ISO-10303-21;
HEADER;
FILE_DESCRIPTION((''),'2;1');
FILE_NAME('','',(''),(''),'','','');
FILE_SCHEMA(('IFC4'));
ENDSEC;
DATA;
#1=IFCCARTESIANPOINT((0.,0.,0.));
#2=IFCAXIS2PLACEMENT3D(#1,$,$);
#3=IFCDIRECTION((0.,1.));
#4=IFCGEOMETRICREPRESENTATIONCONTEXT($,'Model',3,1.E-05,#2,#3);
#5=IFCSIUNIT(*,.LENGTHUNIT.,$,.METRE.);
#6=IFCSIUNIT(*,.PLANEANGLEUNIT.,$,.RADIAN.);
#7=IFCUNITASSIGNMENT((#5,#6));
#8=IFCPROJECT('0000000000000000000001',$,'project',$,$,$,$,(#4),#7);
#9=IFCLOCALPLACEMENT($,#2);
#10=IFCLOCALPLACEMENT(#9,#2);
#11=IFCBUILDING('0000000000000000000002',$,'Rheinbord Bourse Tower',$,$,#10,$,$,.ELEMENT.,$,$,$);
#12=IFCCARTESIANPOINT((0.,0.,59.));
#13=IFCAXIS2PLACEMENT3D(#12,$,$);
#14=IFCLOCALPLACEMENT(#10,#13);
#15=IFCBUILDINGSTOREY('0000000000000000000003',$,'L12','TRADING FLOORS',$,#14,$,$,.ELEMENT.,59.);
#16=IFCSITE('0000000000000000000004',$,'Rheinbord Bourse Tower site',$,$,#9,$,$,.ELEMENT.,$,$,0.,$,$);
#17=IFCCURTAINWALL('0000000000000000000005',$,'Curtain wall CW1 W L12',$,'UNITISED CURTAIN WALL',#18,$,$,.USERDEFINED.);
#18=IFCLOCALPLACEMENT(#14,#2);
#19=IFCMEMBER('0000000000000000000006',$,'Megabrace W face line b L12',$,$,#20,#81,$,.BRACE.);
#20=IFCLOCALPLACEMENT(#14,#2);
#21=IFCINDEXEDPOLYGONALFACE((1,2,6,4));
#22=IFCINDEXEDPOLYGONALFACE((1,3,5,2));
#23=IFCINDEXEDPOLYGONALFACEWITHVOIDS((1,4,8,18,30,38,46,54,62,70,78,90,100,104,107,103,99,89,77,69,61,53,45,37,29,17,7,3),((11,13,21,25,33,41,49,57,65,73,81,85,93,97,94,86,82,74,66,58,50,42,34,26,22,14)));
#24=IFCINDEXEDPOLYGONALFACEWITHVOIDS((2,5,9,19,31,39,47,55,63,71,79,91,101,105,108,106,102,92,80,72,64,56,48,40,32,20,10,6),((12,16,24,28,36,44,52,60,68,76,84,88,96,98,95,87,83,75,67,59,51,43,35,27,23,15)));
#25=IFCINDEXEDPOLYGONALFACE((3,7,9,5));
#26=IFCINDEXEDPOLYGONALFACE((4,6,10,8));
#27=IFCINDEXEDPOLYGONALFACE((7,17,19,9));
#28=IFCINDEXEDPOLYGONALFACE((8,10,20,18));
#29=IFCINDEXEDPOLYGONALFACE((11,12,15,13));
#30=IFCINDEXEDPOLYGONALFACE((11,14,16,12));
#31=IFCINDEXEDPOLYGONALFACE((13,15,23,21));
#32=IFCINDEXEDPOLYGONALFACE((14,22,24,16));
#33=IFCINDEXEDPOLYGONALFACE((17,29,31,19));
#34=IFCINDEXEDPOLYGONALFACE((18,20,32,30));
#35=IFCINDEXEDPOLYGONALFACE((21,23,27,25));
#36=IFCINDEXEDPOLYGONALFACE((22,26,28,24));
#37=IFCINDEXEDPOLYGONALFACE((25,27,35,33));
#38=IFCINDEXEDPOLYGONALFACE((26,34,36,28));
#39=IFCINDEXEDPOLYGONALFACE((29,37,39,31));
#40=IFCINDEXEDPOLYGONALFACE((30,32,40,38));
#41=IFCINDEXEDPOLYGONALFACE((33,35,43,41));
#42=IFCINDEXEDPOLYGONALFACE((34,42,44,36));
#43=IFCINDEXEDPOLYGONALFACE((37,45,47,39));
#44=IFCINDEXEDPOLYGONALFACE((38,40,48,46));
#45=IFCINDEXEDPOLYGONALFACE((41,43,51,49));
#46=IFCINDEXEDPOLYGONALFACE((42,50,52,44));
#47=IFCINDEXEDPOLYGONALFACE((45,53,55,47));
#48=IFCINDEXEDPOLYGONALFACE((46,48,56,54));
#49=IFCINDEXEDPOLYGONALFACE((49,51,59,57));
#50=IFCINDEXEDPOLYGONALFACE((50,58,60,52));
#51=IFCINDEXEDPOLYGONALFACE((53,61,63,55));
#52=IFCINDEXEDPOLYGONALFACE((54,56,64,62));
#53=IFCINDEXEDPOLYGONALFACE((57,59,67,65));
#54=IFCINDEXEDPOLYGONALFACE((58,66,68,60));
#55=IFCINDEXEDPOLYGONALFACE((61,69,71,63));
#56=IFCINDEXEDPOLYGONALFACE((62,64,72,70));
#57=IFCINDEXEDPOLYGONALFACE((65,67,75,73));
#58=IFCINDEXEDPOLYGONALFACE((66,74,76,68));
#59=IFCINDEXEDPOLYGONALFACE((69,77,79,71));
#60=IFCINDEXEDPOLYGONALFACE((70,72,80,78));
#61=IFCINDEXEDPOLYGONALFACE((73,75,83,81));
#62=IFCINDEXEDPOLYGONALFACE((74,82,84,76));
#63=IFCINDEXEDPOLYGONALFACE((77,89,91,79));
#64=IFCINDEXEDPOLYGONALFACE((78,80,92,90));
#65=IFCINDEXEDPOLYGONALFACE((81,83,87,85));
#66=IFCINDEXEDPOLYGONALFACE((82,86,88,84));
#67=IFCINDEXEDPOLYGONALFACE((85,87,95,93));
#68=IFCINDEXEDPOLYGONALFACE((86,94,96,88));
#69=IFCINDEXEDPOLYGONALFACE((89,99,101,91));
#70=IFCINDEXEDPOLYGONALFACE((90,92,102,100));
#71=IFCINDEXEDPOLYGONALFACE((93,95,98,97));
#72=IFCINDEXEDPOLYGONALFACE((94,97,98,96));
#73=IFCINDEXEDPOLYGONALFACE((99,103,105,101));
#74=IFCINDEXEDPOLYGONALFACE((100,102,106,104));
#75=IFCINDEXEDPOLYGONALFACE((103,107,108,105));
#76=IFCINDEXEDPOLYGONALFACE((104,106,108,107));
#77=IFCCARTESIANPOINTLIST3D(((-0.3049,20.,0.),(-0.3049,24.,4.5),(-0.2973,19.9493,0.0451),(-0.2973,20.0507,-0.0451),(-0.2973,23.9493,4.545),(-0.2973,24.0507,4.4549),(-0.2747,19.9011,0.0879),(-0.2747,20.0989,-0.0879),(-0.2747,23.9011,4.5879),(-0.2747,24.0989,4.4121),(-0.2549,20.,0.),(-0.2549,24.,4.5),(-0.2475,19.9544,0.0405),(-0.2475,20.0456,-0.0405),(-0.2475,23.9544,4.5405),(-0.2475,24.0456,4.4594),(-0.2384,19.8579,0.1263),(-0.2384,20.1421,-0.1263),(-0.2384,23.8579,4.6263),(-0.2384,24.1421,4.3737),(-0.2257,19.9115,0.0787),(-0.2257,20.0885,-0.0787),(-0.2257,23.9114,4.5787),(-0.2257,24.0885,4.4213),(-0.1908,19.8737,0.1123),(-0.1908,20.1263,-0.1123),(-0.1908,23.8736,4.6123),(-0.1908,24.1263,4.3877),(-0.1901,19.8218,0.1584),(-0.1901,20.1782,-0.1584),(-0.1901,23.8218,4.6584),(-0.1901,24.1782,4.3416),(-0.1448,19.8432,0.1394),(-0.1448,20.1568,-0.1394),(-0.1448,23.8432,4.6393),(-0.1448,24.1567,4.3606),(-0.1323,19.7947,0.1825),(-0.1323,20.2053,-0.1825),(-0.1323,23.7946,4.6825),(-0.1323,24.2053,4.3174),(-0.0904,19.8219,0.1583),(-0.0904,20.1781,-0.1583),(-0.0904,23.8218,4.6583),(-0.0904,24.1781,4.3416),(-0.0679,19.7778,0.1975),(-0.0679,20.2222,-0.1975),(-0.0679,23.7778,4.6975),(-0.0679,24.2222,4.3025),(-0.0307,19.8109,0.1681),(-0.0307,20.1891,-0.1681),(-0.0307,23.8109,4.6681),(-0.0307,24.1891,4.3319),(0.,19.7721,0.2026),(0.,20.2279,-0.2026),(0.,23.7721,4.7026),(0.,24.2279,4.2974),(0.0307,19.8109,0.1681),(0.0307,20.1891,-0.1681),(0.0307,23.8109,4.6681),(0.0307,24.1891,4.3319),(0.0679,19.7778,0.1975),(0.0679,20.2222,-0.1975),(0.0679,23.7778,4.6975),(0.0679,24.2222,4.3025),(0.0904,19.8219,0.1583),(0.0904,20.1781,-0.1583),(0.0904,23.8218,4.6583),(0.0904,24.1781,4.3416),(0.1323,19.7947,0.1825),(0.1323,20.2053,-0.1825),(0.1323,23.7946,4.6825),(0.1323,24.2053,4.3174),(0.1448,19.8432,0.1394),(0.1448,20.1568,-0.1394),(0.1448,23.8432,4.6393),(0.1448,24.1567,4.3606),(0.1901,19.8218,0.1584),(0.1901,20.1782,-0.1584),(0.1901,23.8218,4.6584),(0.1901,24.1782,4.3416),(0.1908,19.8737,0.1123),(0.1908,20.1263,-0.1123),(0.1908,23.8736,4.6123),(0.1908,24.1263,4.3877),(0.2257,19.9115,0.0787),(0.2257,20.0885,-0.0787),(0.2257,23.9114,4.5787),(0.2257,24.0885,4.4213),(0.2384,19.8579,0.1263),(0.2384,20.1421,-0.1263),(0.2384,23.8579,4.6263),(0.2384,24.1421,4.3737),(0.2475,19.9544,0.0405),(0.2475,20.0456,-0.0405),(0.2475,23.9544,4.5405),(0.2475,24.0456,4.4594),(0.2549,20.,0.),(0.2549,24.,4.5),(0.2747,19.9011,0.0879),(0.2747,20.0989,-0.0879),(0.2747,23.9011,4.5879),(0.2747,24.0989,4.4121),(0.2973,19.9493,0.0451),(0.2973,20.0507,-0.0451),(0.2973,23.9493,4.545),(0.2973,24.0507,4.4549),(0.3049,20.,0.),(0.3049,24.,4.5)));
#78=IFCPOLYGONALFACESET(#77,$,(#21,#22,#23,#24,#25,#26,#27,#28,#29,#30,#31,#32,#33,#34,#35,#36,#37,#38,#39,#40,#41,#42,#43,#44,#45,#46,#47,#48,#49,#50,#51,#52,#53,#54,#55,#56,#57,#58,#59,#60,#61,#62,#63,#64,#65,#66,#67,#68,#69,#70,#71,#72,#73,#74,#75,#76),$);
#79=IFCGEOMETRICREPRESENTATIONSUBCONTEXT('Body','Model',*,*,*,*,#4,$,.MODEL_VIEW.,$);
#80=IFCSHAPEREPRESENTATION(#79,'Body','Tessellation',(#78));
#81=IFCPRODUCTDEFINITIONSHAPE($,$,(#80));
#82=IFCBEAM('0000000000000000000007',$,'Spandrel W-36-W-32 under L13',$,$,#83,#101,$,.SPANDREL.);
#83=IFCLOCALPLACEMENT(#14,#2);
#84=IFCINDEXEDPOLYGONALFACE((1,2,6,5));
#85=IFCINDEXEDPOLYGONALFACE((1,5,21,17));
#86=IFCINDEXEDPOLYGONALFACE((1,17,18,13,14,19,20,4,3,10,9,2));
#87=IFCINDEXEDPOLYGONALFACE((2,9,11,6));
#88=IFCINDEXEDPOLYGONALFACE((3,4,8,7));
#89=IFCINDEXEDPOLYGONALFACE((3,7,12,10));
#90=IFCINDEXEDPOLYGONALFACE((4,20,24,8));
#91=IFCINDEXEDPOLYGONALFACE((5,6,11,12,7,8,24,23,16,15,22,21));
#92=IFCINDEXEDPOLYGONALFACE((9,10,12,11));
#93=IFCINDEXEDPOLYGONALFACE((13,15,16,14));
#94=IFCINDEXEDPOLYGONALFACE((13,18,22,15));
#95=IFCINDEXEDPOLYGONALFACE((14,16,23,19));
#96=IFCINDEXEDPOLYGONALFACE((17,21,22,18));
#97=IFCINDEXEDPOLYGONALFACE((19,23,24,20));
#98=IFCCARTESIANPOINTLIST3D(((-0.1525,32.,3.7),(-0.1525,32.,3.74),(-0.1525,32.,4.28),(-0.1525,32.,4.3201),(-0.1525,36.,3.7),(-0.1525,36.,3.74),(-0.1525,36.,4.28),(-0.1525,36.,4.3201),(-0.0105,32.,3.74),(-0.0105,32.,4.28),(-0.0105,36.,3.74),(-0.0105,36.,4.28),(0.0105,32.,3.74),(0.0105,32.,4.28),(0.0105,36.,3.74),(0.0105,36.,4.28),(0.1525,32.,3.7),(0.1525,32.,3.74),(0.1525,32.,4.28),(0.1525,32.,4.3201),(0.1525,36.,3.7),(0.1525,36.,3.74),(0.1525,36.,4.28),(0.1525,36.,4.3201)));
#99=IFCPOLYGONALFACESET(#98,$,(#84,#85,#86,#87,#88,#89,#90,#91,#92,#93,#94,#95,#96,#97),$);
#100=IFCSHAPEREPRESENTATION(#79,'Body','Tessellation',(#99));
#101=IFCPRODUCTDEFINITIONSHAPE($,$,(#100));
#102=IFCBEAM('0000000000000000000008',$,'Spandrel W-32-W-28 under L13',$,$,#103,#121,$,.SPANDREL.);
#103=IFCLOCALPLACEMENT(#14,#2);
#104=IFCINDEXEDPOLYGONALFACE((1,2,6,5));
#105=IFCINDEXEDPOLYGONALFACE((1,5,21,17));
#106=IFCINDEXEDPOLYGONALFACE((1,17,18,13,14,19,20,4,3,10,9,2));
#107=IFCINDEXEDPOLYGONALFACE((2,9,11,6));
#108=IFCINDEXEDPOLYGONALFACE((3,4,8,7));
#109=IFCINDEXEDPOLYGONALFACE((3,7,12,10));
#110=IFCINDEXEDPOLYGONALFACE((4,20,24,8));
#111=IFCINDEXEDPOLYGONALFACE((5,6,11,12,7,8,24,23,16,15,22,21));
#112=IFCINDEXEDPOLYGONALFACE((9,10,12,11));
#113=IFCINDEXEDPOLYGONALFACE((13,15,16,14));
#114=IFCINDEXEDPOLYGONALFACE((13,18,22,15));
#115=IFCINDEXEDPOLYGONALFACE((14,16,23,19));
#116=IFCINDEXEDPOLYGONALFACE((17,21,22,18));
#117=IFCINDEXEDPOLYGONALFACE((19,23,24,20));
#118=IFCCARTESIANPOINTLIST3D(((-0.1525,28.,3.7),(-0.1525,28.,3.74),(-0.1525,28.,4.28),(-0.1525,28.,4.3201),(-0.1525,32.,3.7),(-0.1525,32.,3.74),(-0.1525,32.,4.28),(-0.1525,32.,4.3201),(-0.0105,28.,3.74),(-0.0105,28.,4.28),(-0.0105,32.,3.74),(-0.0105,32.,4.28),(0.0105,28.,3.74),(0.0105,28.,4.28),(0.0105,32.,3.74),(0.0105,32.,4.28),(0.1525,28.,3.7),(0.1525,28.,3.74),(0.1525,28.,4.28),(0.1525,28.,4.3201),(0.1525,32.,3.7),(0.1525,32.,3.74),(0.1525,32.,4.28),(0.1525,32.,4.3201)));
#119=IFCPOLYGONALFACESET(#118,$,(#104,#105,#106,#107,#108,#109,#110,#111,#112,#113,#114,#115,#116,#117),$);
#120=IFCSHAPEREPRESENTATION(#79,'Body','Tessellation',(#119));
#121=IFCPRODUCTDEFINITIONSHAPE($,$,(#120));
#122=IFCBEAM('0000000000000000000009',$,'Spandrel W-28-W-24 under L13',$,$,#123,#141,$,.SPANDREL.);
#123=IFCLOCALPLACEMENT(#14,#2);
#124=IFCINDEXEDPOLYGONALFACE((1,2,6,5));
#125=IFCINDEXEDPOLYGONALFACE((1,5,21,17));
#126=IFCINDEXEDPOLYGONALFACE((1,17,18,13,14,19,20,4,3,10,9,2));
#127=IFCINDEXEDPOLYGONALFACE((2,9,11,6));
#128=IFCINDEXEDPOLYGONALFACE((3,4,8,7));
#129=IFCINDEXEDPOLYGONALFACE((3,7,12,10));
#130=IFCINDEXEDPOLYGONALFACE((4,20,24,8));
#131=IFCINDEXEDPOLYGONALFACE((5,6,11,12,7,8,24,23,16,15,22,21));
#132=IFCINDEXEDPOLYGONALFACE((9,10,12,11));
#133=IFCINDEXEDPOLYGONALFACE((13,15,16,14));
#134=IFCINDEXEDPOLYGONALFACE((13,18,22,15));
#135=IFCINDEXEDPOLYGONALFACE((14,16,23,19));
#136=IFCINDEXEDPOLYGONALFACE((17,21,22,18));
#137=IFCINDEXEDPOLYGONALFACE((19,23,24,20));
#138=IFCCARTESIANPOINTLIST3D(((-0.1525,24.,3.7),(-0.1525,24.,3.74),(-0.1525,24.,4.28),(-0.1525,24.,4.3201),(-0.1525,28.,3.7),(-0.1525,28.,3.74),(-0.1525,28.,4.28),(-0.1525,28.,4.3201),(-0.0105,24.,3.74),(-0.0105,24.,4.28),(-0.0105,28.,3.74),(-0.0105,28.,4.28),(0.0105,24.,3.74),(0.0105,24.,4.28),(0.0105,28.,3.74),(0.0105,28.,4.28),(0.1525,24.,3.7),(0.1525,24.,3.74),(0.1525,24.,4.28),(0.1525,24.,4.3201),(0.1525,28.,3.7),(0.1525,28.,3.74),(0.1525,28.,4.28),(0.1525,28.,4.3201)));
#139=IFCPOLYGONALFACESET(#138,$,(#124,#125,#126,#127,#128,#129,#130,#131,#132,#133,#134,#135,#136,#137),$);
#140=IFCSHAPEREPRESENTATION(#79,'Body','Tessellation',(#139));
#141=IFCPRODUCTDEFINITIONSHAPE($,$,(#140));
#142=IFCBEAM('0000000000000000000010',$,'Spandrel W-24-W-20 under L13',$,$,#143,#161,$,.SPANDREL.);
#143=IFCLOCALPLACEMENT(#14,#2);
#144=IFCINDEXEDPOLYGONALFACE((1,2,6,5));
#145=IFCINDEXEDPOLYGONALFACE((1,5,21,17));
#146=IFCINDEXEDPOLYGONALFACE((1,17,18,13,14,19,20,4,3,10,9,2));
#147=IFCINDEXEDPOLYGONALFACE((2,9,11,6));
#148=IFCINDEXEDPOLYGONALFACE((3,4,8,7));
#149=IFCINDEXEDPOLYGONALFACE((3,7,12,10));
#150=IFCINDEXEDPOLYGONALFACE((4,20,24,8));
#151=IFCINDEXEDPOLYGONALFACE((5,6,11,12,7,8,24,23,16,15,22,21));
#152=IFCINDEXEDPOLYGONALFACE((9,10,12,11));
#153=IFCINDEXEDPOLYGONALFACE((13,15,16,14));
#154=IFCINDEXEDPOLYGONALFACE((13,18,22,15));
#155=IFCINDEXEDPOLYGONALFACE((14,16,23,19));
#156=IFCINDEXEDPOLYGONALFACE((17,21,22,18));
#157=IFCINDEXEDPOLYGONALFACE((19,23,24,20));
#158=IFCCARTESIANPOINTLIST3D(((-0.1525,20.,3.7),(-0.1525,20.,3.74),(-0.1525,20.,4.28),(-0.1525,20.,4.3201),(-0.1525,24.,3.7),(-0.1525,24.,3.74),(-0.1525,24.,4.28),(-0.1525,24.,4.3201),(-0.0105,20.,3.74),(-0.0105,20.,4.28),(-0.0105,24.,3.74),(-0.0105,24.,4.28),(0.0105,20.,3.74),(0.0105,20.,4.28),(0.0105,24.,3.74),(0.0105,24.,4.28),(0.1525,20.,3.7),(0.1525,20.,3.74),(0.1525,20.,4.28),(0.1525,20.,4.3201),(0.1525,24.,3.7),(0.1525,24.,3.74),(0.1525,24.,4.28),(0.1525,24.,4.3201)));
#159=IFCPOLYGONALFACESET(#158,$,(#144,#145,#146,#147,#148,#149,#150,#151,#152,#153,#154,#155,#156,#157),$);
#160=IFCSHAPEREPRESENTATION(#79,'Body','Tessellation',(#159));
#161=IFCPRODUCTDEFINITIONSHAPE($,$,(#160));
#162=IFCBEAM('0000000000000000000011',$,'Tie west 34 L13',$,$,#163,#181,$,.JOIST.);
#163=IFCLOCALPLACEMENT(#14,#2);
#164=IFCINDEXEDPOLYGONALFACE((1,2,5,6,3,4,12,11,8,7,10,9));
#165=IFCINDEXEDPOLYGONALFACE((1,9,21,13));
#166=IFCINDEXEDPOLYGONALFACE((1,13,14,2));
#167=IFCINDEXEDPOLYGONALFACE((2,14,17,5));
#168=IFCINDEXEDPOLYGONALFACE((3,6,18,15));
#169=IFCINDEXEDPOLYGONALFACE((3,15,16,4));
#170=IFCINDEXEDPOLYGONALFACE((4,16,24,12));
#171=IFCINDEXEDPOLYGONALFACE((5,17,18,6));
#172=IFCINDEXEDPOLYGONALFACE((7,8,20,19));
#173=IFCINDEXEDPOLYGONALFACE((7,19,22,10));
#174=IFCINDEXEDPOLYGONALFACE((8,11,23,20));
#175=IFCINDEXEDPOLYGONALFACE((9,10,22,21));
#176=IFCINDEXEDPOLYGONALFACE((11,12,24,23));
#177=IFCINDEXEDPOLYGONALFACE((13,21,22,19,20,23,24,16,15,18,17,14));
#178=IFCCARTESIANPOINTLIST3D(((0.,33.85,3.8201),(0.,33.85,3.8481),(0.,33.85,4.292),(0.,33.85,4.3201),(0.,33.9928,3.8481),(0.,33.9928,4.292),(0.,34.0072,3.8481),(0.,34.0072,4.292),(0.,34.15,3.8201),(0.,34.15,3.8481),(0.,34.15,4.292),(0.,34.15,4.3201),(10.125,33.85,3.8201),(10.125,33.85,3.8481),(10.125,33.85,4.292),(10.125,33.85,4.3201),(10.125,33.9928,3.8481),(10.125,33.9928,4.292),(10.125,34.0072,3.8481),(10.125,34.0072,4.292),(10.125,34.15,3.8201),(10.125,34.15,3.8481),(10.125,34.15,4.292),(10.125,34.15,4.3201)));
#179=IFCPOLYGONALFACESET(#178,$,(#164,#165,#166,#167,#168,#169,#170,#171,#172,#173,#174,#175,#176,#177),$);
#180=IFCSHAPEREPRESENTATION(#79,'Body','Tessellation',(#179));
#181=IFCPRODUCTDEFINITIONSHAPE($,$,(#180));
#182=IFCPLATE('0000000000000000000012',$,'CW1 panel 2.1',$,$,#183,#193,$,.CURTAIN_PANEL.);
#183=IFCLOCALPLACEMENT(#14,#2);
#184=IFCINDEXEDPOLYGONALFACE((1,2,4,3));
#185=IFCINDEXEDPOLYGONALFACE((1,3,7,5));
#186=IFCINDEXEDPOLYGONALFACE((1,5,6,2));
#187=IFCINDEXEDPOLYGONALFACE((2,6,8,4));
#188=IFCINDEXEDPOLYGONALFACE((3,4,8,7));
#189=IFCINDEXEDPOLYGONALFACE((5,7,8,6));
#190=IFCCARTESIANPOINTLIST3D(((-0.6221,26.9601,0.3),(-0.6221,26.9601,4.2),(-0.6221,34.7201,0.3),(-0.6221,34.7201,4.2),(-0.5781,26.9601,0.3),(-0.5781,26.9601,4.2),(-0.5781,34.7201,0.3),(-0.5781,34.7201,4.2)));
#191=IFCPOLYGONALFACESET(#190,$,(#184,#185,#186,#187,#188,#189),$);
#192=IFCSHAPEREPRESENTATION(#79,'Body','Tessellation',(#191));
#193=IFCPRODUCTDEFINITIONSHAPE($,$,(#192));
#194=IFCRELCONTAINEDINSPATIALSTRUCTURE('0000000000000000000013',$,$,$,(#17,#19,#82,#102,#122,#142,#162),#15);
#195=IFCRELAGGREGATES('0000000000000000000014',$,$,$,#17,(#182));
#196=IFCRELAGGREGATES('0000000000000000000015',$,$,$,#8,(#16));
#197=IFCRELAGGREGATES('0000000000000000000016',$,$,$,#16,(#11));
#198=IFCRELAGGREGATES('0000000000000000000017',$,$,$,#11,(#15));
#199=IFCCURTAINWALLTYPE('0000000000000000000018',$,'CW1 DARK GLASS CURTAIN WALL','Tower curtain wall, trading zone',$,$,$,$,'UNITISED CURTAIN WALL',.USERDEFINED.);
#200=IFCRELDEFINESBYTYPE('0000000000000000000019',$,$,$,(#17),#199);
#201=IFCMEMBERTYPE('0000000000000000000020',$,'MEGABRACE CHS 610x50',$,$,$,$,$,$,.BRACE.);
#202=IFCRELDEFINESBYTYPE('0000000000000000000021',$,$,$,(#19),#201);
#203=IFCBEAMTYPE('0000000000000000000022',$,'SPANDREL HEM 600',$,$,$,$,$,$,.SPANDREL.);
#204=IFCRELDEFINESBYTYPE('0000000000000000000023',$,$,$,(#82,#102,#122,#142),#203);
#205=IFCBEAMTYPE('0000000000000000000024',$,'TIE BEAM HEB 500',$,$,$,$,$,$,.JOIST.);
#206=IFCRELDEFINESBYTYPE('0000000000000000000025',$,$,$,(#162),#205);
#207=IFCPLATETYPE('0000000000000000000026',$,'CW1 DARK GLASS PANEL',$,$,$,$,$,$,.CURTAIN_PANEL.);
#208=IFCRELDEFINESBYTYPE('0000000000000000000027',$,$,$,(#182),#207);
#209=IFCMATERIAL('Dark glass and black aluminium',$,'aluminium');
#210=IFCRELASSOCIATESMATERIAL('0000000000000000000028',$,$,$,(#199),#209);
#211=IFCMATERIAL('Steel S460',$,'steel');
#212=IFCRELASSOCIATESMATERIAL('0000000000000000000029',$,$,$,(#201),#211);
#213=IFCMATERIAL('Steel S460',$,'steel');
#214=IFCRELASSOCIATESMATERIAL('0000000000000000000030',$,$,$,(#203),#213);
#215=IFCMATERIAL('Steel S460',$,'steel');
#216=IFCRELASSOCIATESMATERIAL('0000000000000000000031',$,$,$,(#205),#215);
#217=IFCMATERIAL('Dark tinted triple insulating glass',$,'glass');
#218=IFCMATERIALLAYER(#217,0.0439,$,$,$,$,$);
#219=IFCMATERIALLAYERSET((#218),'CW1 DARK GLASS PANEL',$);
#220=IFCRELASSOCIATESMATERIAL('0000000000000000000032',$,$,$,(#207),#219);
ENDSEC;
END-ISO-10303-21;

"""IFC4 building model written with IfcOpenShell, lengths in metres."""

from ifc_helpers import new_model, si_unit, direction, frame, origin, origin_2d, place, context, subcontext, project, spatial, rectangle, hollow_circle, i_section, extrude, material, layer, layer_set, material_profile, profile_set, type_object, element, aggregate, save


model = new_model("IFC4")

# Units and contexts
model_context = context("Model", 3, precision=1e-05, world=origin(), true_north=direction((0.0, 1.0)))
body_context = subcontext(model_context, "Body", "Model", "MODEL_VIEW")
ifc_project = project(units=[si_unit("LENGTHUNIT", "METRE"), si_unit("PLANEANGLEUNIT", "RADIAN")], contexts=[model_context])

# Site, building, storey
site_placement = place(None, origin())
site = spatial("IfcSite", under=ifc_project, at=site_placement, Name="Rheinbord Bourse Tower site", CompositionType="ELEMENT", RefElevation=0.0)
building_placement = place(site_placement, origin())
building = spatial("IfcBuilding", under=site, at=building_placement, Name="Rheinbord Bourse Tower", CompositionType="ELEMENT")
storey_placement = place(building_placement, frame((0.0, 0.0, 59.0)))
storey = spatial("IfcBuildingStorey", under=building, at=storey_placement, Name="L12", Description="TRADING FLOORS", CompositionType="ELEMENT", Elevation=59.0)

# Curtain wall
ifc_material_1 = material(Name="Dark glass and black aluminium", Category="aluminium")
curtain_wall_type = type_object("IfcCurtainWallType", Name="CW1 DARK GLASS CURTAIN WALL", Description="Tower curtain wall, trading zone", ElementType="UNITISED CURTAIN WALL", PredefinedType="USERDEFINED", material=ifc_material_1)
curtain_wall_placement = place(storey_placement, origin())
curtain_wall = element("IfcCurtainWall", 1, at=curtain_wall_placement, inside=storey, type_object=curtain_wall_type, Name="Curtain wall CW1 W L12", ObjectType="UNITISED CURTAIN WALL", PredefinedType="USERDEFINED")

# Member
ifc_material_2 = material(Name="Steel S460", Category="steel")
ifc_material_profile_1 = material_profile(ifc_material_2, hollow_circle(Radius=0.3049, WallThickness=0.05, at=origin_2d()), Name="CHS 610x50")
ifc_profile_set_1 = profile_set([ifc_material_profile_1], Name="Steel S460")
member_type_1 = type_object("IfcMemberType", Name="MEGABRACE CHS 610x50", PredefinedType="BRACE", material=ifc_profile_set_1)
for number, where, z_axis, x_axis, name in (
    (2, (0.0, 20.0, 0.0), (0.0, 0.664364, 0.747409), (-1.0, 0.0, 0.0), "Megabrace W face line b L12"),
):
    element("IfcMember", number, at=place(storey_placement, frame(where, z_axis=z_axis, x_axis=x_axis)), inside=storey, type_object=member_type_1, Name=name, PredefinedType="BRACE", context=body_context, shape_type="SweptSolid", body=[
        extrude(hollow_circle(Radius=0.3049, WallThickness=0.05, at=origin_2d()), origin(), (0.0, 0.0, 1.0), 6.0208),
    ])

# Beams
ifc_material_3 = material(Name="Steel S460", Category="steel")
ifc_material_profile_2 = material_profile(ifc_material_3, i_section(OverallWidth=0.3049, OverallDepth=0.6201, WebThickness=0.021, FlangeThickness=0.04, at=origin_2d()), Name="HEM 600")
ifc_profile_set_2 = profile_set([ifc_material_profile_2], Name="Steel S460")
beam_type_1 = type_object("IfcBeamType", Name="SPANDREL HEM 600", PredefinedType="SPANDREL", material=ifc_profile_set_2)
for number, where, z_axis, x_axis, name in (
    (3, (0.0, 36.0, 4.01), (0.0, -1.0, 0.0), (1.0, 0.0, 0.0), "Spandrel W-36-W-32 under L13"),
    (4, (0.0, 32.0, 4.01), (0.0, -1.0, 0.0), (1.0, 0.0, 0.0), "Spandrel W-32-W-28 under L13"),
    (5, (0.0, 28.0, 4.01), (0.0, -1.0, 0.0), (1.0, 0.0, 0.0), "Spandrel W-28-W-24 under L13"),
    (6, (0.0, 24.0, 4.01), (0.0, -1.0, 0.0), (1.0, 0.0, 0.0), "Spandrel W-24-W-20 under L13"),
):
    element("IfcBeam", number, at=place(storey_placement, frame(where, z_axis=z_axis, x_axis=x_axis)), inside=storey, type_object=beam_type_1, Name=name, PredefinedType="SPANDREL", context=body_context, shape_type="SweptSolid", body=[
        extrude(i_section(OverallWidth=0.3049, OverallDepth=0.6201, WebThickness=0.021, FlangeThickness=0.04, at=origin_2d()), origin(), (0.0, 0.0, 1.0), 4.0),
    ])
ifc_material_4 = material(Name="Steel S460", Category="steel")
ifc_material_profile_3 = material_profile(ifc_material_4, i_section(OverallWidth=0.3, OverallDepth=0.5, WebThickness=0.0144, FlangeThickness=0.0281, at=origin_2d()), Name="HEB 500")
ifc_profile_set_3 = profile_set([ifc_material_profile_3], Name="Steel S460")
beam_type_2 = type_object("IfcBeamType", Name="TIE BEAM HEB 500", PredefinedType="JOIST", material=ifc_profile_set_3)
beam_1_placement = place(storey_placement, frame((0.0, 34.0, 4.0701), z_axis=(1.0, 0.0, 0.0), x_axis=(0.0, 1.0, 0.0)))
element("IfcBeam", 7, at=beam_1_placement, inside=storey, type_object=beam_type_2, Name="Tie west 34 L13", PredefinedType="JOIST", context=body_context, shape_type="SweptSolid", body=[
    extrude(i_section(OverallWidth=0.3, OverallDepth=0.5, WebThickness=0.0144, FlangeThickness=0.0281, at=origin_2d()), origin(), (0.0, 0.0, 1.0), 10.125),
])

# Plate
ifc_material_5 = material(Name="Dark tinted triple insulating glass", Category="glass")
ifc_layer_1 = layer(ifc_material_5, 0.0439)
ifc_layer_set_1 = layer_set([ifc_layer_1], Name="CW1 DARK GLASS PANEL")
plate_type = type_object("IfcPlateType", Name="CW1 DARK GLASS PANEL", PredefinedType="CURTAIN_PANEL", material=ifc_layer_set_1)
plate_1_placement = place(storey_placement, frame((-0.6001, 30.8401, 0.3), z_axis=(0.0, 0.0, 1.0), x_axis=(0.0, -1.0, 0.0)))
plate_1 = element("IfcPlate", 8, at=plate_1_placement, type_object=plate_type, Name="CW1 panel 2.1", PredefinedType="CURTAIN_PANEL", context=body_context, shape_type="SweptSolid", body=[
    extrude(rectangle(XDim=7.76, YDim=0.0439, at=origin_2d()), origin(), (0.0, 0.0, 1.0), 3.8999),
])
aggregate(curtain_wall, [plate_1])

save(model, "model.ifc")
